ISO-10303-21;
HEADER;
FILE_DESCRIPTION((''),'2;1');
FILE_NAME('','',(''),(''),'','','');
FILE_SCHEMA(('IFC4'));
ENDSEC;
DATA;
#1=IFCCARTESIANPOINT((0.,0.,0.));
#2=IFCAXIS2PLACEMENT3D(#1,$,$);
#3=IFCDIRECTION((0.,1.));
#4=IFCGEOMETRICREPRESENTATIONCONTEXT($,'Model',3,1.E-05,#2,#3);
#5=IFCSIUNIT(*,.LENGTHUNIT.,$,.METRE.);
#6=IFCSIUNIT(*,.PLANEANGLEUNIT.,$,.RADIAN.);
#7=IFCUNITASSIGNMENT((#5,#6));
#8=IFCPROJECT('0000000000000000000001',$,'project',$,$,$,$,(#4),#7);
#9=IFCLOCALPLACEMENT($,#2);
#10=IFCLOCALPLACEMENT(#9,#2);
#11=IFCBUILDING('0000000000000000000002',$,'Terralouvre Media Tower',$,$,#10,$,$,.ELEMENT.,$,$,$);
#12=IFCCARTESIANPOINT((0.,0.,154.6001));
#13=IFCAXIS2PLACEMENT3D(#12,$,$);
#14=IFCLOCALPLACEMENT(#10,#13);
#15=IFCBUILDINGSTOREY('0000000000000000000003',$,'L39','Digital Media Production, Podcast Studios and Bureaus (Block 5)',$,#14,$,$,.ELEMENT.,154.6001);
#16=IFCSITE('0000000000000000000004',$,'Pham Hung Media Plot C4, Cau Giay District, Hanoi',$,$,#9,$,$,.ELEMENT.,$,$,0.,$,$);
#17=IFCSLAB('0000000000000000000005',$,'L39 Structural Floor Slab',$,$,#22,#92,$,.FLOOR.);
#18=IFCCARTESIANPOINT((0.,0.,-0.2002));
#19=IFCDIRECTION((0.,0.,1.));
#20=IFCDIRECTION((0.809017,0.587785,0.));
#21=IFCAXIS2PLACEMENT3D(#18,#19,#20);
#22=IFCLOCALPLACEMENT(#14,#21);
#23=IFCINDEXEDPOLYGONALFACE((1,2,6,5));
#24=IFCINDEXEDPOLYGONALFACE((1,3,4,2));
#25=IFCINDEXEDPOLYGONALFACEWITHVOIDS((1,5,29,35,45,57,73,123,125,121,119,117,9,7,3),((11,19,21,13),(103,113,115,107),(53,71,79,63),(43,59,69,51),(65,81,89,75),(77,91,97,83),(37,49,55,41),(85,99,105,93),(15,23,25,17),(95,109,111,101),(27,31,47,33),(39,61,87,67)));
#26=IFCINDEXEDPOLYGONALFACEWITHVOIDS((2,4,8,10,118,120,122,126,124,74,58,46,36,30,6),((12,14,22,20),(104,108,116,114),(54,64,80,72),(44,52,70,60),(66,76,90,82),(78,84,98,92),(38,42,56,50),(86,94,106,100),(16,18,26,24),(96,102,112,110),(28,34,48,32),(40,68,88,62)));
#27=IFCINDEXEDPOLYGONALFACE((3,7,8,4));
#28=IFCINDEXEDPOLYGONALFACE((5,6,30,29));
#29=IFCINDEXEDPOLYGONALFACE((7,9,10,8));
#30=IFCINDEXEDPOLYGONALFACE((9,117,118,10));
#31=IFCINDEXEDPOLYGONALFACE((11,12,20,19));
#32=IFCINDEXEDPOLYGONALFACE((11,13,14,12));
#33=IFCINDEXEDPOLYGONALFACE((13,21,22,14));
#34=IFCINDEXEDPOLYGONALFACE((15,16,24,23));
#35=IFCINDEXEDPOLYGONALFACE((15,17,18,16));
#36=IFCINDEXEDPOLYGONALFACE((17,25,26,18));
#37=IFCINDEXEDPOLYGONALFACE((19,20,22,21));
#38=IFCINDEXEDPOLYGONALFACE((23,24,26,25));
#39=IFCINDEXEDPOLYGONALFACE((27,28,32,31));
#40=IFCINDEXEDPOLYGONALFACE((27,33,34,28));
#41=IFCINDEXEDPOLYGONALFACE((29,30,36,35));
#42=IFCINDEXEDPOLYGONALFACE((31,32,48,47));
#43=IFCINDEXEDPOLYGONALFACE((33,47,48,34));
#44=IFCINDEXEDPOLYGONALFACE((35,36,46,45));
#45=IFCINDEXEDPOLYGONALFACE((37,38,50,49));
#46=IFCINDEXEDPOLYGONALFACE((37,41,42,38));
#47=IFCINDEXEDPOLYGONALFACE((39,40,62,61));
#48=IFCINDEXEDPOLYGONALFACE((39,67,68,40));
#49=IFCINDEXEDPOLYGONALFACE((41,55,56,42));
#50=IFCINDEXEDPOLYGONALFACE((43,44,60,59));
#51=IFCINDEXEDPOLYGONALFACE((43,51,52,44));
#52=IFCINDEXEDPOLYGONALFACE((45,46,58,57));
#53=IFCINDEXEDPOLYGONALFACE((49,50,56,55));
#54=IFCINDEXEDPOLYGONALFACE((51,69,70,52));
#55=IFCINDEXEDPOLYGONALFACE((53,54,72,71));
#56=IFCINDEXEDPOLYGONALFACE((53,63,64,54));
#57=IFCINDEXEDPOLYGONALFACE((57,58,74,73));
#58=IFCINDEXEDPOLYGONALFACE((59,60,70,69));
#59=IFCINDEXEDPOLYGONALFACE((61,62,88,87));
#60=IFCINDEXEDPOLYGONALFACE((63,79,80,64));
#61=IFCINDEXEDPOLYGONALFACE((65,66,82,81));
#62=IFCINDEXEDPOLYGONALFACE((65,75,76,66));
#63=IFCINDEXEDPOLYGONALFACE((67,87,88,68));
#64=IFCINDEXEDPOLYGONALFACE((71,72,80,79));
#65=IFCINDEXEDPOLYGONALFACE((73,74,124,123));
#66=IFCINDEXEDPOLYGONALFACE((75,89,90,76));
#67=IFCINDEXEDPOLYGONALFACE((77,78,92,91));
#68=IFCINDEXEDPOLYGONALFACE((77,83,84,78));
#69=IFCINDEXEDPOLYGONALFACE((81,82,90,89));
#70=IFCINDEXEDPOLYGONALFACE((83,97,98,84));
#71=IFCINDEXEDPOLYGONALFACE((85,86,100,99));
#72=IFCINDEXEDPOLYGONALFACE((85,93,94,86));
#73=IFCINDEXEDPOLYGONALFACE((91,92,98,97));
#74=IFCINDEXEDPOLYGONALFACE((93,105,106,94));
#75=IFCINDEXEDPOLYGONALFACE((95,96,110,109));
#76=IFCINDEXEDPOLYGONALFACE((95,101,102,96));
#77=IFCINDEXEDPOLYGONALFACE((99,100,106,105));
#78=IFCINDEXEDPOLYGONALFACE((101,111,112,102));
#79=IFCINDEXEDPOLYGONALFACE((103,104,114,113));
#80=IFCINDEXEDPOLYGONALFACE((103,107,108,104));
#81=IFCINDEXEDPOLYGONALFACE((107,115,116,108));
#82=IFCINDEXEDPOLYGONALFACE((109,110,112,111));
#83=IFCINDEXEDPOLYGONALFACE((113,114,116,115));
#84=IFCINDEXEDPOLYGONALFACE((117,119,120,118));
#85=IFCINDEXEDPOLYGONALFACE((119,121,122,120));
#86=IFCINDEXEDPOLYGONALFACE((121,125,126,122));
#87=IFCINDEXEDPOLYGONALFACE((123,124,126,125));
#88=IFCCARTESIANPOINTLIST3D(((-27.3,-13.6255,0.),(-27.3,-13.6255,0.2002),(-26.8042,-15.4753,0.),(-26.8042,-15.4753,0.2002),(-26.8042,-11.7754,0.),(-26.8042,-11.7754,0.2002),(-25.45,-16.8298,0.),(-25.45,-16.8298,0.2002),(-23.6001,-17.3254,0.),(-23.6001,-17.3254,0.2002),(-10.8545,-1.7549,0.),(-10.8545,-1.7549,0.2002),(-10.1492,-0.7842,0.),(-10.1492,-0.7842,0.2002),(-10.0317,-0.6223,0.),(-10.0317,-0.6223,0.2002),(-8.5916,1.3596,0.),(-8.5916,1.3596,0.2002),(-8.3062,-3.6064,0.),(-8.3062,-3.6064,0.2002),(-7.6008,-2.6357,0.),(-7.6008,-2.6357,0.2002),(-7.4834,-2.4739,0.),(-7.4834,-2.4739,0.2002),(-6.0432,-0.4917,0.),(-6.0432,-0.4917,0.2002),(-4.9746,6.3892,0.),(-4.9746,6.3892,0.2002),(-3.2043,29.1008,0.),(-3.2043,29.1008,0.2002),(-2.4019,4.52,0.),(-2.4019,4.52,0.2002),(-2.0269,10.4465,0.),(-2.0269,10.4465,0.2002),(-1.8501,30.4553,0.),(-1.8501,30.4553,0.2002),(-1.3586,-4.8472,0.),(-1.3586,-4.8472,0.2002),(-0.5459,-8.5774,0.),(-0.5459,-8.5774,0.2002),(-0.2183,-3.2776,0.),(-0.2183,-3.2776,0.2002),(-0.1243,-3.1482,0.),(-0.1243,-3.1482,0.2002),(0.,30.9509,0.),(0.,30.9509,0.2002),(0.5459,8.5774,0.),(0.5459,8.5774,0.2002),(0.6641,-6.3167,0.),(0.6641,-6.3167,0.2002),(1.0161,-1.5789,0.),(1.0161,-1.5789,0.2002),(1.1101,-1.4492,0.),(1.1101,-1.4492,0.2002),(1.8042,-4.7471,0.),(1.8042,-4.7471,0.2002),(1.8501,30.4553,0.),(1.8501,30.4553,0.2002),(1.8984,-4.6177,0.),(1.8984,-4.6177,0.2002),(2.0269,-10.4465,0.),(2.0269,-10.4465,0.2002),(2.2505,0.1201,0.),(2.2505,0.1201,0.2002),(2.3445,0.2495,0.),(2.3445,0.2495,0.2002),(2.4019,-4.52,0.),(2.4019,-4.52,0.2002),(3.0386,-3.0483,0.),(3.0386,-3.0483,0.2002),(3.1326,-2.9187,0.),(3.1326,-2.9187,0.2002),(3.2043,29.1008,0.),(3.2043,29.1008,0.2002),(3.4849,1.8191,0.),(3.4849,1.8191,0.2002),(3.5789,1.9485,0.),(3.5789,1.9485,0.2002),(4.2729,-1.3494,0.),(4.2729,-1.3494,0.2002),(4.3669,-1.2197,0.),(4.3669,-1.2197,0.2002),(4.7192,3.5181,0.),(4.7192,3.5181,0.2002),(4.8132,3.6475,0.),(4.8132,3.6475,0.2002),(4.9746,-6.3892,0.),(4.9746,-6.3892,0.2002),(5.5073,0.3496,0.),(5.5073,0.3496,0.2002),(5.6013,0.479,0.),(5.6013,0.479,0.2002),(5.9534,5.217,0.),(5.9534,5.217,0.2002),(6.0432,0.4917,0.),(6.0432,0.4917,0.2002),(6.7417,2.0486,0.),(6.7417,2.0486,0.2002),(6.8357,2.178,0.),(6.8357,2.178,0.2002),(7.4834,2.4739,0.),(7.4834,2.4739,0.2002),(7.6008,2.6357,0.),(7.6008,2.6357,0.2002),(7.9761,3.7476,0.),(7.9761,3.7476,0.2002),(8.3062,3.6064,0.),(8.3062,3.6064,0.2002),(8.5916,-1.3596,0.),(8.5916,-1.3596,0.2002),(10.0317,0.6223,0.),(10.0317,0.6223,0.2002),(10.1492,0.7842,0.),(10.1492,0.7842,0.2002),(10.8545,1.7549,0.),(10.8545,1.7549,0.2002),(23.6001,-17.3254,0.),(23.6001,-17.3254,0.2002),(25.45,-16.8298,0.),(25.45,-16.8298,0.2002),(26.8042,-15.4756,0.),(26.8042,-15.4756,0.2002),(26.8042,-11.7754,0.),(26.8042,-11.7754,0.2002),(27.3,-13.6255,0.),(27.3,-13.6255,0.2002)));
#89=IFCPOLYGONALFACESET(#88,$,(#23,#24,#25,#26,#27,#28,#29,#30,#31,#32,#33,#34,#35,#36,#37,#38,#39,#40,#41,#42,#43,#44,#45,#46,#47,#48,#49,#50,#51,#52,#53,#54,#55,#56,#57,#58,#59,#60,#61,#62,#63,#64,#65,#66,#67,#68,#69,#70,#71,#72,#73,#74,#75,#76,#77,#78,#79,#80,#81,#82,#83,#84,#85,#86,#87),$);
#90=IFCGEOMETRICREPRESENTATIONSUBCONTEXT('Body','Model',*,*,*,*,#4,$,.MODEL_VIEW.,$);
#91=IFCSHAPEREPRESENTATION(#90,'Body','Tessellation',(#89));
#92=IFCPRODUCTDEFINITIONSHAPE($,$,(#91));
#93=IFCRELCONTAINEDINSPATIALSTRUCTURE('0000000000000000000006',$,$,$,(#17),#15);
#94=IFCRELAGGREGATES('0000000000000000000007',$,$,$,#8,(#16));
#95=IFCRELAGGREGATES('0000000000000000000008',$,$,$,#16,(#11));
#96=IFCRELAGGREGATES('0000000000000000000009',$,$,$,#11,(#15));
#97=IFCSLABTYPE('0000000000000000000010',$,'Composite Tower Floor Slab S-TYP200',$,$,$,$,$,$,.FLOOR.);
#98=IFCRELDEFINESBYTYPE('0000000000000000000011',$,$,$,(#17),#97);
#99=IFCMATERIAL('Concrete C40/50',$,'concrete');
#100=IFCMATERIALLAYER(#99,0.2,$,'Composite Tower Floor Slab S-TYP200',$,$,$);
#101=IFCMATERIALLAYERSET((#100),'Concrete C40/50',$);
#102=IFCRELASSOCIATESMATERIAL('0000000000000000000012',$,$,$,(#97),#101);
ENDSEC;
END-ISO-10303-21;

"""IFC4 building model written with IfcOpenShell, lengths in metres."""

from ifc_helpers import new_model, si_unit, direction, frame, origin, place, context, subcontext, project, spatial, polyline, outline, extrude, material, layer, layer_set, type_object, element, save


model = new_model("IFC4")

# Units and contexts
model_context = context("Model", 3, precision=1e-05, world=origin(), true_north=direction((0.0, 1.0)))
body_context = subcontext(model_context, "Body", "Model", "MODEL_VIEW")
ifc_project = project(units=[si_unit("LENGTHUNIT", "METRE"), si_unit("PLANEANGLEUNIT", "RADIAN")], contexts=[model_context])

# Site, building, storey
site_placement = place(None, origin())
site = spatial("IfcSite", under=ifc_project, at=site_placement, Name="Pham Hung Media Plot C4, Cau Giay District, Hanoi", CompositionType="ELEMENT", RefElevation=0.0)
building_placement = place(site_placement, origin())
building = spatial("IfcBuilding", under=site, at=building_placement, Name="Terralouvre Media Tower", CompositionType="ELEMENT")
storey_placement = place(building_placement, frame((0.0, 0.0, 154.6001)))
storey = spatial("IfcBuildingStorey", under=building, at=storey_placement, Name="L39", Description="Digital Media Production, Podcast Studios and Bureaus (Block 5)", CompositionType="ELEMENT", Elevation=154.6001)

# Slab
ifc_material_1 = material(Name="Concrete C40/50", Category="concrete")
ifc_layer_1 = layer(ifc_material_1, 0.2, Name="Composite Tower Floor Slab S-TYP200")
ifc_layer_set_1 = layer_set([ifc_layer_1], Name="Concrete C40/50")
slab_type = type_object("IfcSlabType", Name="Composite Tower Floor Slab S-TYP200", PredefinedType="FLOOR", material=ifc_layer_set_1)
slab_placement = place(storey_placement, frame((0.0, 0.0, -0.2002), z_axis=(0.0, 0.0, 1.0), x_axis=(0.809017, 0.587785, 0.0)))
element("IfcSlab", 1, at=slab_placement, inside=storey, type_object=slab_type, Name="L39 Structural Floor Slab", PredefinedType="FLOOR", context=body_context, shape_type="SweptSolid", body=[
    extrude(outline(polyline([(-26.8042, -11.7754), (-27.3, -13.6255), (-26.8042, -15.4753), (-25.45, -16.8298), (-23.6001, -17.3254), (23.6001, -17.3254), (25.45, -16.8298), (26.8042, -15.4756), (27.3, -13.6255), (26.8042, -11.7754), (3.2043, 29.1008), (1.8501, 30.4553), (0.0, 30.9509), (-1.8501, 30.4553), (-3.2043, 29.1008), (-26.8042, -11.7754)]), holes=[polyline([(-7.6008, -2.6357), (-8.3062, -3.6064), (-10.8545, -1.7549), (-10.1492, -0.7842), (-7.6008, -2.6357)]), polyline([(-7.4834, -2.4739), (-10.0317, -0.6223), (-8.5916, 1.3596), (-6.0432, -0.4917), (-7.4834, -2.4739)]), polyline([(4.3669, -1.2197), (2.3445, 0.2495), (3.4849, 1.8191), (5.5073, 0.3496), (4.3669, -1.2197)]), polyline([(6.7417, 2.0486), (5.6013, 0.479), (3.5789, 1.9485), (4.7192, 3.5181), (6.7417, 2.0486)]), polyline([(-2.4019, 4.52), (-4.9746, 6.3892), (-2.0269, 10.4465), (0.5459, 8.5774), (-2.4019, 4.52)]), polyline([(6.8357, 2.178), (4.8132, 3.6475), (5.9534, 5.217), (7.9761, 3.7476), (6.8357, 2.178)]), polyline([(-0.5459, -8.5774), (2.4019, -4.52), (4.9746, -6.3892), (2.0269, -10.4465), (-0.5459, -8.5774)]), polyline([(0.6641, -6.3167), (-1.3586, -4.8472), (-0.2183, -3.2776), (1.8042, -4.7471), (0.6641, -6.3167)]), polyline([(1.8984, -4.6177), (-0.1243, -3.1482), (1.0161, -1.5789), (3.0386, -3.0483), (1.8984, -4.6177)]), polyline([(4.2729, -1.3494), (3.1326, -2.9187), (1.1101, -1.4492), (2.2505, 0.1201), (4.2729, -1.3494)]), polyline([(8.5916, -1.3596), (6.0432, 0.4917), (7.4834, 2.4739), (10.0317, 0.6223), (8.5916, -1.3596)]), polyline([(10.1492, 0.7842), (7.6008, 2.6357), (8.3062, 3.6064), (10.8545, 1.7549), (10.1492, 0.7842)])]), origin(), (0.0, 0.0, 1.0), 0.2002),
])

save(model, "model.ifc")
